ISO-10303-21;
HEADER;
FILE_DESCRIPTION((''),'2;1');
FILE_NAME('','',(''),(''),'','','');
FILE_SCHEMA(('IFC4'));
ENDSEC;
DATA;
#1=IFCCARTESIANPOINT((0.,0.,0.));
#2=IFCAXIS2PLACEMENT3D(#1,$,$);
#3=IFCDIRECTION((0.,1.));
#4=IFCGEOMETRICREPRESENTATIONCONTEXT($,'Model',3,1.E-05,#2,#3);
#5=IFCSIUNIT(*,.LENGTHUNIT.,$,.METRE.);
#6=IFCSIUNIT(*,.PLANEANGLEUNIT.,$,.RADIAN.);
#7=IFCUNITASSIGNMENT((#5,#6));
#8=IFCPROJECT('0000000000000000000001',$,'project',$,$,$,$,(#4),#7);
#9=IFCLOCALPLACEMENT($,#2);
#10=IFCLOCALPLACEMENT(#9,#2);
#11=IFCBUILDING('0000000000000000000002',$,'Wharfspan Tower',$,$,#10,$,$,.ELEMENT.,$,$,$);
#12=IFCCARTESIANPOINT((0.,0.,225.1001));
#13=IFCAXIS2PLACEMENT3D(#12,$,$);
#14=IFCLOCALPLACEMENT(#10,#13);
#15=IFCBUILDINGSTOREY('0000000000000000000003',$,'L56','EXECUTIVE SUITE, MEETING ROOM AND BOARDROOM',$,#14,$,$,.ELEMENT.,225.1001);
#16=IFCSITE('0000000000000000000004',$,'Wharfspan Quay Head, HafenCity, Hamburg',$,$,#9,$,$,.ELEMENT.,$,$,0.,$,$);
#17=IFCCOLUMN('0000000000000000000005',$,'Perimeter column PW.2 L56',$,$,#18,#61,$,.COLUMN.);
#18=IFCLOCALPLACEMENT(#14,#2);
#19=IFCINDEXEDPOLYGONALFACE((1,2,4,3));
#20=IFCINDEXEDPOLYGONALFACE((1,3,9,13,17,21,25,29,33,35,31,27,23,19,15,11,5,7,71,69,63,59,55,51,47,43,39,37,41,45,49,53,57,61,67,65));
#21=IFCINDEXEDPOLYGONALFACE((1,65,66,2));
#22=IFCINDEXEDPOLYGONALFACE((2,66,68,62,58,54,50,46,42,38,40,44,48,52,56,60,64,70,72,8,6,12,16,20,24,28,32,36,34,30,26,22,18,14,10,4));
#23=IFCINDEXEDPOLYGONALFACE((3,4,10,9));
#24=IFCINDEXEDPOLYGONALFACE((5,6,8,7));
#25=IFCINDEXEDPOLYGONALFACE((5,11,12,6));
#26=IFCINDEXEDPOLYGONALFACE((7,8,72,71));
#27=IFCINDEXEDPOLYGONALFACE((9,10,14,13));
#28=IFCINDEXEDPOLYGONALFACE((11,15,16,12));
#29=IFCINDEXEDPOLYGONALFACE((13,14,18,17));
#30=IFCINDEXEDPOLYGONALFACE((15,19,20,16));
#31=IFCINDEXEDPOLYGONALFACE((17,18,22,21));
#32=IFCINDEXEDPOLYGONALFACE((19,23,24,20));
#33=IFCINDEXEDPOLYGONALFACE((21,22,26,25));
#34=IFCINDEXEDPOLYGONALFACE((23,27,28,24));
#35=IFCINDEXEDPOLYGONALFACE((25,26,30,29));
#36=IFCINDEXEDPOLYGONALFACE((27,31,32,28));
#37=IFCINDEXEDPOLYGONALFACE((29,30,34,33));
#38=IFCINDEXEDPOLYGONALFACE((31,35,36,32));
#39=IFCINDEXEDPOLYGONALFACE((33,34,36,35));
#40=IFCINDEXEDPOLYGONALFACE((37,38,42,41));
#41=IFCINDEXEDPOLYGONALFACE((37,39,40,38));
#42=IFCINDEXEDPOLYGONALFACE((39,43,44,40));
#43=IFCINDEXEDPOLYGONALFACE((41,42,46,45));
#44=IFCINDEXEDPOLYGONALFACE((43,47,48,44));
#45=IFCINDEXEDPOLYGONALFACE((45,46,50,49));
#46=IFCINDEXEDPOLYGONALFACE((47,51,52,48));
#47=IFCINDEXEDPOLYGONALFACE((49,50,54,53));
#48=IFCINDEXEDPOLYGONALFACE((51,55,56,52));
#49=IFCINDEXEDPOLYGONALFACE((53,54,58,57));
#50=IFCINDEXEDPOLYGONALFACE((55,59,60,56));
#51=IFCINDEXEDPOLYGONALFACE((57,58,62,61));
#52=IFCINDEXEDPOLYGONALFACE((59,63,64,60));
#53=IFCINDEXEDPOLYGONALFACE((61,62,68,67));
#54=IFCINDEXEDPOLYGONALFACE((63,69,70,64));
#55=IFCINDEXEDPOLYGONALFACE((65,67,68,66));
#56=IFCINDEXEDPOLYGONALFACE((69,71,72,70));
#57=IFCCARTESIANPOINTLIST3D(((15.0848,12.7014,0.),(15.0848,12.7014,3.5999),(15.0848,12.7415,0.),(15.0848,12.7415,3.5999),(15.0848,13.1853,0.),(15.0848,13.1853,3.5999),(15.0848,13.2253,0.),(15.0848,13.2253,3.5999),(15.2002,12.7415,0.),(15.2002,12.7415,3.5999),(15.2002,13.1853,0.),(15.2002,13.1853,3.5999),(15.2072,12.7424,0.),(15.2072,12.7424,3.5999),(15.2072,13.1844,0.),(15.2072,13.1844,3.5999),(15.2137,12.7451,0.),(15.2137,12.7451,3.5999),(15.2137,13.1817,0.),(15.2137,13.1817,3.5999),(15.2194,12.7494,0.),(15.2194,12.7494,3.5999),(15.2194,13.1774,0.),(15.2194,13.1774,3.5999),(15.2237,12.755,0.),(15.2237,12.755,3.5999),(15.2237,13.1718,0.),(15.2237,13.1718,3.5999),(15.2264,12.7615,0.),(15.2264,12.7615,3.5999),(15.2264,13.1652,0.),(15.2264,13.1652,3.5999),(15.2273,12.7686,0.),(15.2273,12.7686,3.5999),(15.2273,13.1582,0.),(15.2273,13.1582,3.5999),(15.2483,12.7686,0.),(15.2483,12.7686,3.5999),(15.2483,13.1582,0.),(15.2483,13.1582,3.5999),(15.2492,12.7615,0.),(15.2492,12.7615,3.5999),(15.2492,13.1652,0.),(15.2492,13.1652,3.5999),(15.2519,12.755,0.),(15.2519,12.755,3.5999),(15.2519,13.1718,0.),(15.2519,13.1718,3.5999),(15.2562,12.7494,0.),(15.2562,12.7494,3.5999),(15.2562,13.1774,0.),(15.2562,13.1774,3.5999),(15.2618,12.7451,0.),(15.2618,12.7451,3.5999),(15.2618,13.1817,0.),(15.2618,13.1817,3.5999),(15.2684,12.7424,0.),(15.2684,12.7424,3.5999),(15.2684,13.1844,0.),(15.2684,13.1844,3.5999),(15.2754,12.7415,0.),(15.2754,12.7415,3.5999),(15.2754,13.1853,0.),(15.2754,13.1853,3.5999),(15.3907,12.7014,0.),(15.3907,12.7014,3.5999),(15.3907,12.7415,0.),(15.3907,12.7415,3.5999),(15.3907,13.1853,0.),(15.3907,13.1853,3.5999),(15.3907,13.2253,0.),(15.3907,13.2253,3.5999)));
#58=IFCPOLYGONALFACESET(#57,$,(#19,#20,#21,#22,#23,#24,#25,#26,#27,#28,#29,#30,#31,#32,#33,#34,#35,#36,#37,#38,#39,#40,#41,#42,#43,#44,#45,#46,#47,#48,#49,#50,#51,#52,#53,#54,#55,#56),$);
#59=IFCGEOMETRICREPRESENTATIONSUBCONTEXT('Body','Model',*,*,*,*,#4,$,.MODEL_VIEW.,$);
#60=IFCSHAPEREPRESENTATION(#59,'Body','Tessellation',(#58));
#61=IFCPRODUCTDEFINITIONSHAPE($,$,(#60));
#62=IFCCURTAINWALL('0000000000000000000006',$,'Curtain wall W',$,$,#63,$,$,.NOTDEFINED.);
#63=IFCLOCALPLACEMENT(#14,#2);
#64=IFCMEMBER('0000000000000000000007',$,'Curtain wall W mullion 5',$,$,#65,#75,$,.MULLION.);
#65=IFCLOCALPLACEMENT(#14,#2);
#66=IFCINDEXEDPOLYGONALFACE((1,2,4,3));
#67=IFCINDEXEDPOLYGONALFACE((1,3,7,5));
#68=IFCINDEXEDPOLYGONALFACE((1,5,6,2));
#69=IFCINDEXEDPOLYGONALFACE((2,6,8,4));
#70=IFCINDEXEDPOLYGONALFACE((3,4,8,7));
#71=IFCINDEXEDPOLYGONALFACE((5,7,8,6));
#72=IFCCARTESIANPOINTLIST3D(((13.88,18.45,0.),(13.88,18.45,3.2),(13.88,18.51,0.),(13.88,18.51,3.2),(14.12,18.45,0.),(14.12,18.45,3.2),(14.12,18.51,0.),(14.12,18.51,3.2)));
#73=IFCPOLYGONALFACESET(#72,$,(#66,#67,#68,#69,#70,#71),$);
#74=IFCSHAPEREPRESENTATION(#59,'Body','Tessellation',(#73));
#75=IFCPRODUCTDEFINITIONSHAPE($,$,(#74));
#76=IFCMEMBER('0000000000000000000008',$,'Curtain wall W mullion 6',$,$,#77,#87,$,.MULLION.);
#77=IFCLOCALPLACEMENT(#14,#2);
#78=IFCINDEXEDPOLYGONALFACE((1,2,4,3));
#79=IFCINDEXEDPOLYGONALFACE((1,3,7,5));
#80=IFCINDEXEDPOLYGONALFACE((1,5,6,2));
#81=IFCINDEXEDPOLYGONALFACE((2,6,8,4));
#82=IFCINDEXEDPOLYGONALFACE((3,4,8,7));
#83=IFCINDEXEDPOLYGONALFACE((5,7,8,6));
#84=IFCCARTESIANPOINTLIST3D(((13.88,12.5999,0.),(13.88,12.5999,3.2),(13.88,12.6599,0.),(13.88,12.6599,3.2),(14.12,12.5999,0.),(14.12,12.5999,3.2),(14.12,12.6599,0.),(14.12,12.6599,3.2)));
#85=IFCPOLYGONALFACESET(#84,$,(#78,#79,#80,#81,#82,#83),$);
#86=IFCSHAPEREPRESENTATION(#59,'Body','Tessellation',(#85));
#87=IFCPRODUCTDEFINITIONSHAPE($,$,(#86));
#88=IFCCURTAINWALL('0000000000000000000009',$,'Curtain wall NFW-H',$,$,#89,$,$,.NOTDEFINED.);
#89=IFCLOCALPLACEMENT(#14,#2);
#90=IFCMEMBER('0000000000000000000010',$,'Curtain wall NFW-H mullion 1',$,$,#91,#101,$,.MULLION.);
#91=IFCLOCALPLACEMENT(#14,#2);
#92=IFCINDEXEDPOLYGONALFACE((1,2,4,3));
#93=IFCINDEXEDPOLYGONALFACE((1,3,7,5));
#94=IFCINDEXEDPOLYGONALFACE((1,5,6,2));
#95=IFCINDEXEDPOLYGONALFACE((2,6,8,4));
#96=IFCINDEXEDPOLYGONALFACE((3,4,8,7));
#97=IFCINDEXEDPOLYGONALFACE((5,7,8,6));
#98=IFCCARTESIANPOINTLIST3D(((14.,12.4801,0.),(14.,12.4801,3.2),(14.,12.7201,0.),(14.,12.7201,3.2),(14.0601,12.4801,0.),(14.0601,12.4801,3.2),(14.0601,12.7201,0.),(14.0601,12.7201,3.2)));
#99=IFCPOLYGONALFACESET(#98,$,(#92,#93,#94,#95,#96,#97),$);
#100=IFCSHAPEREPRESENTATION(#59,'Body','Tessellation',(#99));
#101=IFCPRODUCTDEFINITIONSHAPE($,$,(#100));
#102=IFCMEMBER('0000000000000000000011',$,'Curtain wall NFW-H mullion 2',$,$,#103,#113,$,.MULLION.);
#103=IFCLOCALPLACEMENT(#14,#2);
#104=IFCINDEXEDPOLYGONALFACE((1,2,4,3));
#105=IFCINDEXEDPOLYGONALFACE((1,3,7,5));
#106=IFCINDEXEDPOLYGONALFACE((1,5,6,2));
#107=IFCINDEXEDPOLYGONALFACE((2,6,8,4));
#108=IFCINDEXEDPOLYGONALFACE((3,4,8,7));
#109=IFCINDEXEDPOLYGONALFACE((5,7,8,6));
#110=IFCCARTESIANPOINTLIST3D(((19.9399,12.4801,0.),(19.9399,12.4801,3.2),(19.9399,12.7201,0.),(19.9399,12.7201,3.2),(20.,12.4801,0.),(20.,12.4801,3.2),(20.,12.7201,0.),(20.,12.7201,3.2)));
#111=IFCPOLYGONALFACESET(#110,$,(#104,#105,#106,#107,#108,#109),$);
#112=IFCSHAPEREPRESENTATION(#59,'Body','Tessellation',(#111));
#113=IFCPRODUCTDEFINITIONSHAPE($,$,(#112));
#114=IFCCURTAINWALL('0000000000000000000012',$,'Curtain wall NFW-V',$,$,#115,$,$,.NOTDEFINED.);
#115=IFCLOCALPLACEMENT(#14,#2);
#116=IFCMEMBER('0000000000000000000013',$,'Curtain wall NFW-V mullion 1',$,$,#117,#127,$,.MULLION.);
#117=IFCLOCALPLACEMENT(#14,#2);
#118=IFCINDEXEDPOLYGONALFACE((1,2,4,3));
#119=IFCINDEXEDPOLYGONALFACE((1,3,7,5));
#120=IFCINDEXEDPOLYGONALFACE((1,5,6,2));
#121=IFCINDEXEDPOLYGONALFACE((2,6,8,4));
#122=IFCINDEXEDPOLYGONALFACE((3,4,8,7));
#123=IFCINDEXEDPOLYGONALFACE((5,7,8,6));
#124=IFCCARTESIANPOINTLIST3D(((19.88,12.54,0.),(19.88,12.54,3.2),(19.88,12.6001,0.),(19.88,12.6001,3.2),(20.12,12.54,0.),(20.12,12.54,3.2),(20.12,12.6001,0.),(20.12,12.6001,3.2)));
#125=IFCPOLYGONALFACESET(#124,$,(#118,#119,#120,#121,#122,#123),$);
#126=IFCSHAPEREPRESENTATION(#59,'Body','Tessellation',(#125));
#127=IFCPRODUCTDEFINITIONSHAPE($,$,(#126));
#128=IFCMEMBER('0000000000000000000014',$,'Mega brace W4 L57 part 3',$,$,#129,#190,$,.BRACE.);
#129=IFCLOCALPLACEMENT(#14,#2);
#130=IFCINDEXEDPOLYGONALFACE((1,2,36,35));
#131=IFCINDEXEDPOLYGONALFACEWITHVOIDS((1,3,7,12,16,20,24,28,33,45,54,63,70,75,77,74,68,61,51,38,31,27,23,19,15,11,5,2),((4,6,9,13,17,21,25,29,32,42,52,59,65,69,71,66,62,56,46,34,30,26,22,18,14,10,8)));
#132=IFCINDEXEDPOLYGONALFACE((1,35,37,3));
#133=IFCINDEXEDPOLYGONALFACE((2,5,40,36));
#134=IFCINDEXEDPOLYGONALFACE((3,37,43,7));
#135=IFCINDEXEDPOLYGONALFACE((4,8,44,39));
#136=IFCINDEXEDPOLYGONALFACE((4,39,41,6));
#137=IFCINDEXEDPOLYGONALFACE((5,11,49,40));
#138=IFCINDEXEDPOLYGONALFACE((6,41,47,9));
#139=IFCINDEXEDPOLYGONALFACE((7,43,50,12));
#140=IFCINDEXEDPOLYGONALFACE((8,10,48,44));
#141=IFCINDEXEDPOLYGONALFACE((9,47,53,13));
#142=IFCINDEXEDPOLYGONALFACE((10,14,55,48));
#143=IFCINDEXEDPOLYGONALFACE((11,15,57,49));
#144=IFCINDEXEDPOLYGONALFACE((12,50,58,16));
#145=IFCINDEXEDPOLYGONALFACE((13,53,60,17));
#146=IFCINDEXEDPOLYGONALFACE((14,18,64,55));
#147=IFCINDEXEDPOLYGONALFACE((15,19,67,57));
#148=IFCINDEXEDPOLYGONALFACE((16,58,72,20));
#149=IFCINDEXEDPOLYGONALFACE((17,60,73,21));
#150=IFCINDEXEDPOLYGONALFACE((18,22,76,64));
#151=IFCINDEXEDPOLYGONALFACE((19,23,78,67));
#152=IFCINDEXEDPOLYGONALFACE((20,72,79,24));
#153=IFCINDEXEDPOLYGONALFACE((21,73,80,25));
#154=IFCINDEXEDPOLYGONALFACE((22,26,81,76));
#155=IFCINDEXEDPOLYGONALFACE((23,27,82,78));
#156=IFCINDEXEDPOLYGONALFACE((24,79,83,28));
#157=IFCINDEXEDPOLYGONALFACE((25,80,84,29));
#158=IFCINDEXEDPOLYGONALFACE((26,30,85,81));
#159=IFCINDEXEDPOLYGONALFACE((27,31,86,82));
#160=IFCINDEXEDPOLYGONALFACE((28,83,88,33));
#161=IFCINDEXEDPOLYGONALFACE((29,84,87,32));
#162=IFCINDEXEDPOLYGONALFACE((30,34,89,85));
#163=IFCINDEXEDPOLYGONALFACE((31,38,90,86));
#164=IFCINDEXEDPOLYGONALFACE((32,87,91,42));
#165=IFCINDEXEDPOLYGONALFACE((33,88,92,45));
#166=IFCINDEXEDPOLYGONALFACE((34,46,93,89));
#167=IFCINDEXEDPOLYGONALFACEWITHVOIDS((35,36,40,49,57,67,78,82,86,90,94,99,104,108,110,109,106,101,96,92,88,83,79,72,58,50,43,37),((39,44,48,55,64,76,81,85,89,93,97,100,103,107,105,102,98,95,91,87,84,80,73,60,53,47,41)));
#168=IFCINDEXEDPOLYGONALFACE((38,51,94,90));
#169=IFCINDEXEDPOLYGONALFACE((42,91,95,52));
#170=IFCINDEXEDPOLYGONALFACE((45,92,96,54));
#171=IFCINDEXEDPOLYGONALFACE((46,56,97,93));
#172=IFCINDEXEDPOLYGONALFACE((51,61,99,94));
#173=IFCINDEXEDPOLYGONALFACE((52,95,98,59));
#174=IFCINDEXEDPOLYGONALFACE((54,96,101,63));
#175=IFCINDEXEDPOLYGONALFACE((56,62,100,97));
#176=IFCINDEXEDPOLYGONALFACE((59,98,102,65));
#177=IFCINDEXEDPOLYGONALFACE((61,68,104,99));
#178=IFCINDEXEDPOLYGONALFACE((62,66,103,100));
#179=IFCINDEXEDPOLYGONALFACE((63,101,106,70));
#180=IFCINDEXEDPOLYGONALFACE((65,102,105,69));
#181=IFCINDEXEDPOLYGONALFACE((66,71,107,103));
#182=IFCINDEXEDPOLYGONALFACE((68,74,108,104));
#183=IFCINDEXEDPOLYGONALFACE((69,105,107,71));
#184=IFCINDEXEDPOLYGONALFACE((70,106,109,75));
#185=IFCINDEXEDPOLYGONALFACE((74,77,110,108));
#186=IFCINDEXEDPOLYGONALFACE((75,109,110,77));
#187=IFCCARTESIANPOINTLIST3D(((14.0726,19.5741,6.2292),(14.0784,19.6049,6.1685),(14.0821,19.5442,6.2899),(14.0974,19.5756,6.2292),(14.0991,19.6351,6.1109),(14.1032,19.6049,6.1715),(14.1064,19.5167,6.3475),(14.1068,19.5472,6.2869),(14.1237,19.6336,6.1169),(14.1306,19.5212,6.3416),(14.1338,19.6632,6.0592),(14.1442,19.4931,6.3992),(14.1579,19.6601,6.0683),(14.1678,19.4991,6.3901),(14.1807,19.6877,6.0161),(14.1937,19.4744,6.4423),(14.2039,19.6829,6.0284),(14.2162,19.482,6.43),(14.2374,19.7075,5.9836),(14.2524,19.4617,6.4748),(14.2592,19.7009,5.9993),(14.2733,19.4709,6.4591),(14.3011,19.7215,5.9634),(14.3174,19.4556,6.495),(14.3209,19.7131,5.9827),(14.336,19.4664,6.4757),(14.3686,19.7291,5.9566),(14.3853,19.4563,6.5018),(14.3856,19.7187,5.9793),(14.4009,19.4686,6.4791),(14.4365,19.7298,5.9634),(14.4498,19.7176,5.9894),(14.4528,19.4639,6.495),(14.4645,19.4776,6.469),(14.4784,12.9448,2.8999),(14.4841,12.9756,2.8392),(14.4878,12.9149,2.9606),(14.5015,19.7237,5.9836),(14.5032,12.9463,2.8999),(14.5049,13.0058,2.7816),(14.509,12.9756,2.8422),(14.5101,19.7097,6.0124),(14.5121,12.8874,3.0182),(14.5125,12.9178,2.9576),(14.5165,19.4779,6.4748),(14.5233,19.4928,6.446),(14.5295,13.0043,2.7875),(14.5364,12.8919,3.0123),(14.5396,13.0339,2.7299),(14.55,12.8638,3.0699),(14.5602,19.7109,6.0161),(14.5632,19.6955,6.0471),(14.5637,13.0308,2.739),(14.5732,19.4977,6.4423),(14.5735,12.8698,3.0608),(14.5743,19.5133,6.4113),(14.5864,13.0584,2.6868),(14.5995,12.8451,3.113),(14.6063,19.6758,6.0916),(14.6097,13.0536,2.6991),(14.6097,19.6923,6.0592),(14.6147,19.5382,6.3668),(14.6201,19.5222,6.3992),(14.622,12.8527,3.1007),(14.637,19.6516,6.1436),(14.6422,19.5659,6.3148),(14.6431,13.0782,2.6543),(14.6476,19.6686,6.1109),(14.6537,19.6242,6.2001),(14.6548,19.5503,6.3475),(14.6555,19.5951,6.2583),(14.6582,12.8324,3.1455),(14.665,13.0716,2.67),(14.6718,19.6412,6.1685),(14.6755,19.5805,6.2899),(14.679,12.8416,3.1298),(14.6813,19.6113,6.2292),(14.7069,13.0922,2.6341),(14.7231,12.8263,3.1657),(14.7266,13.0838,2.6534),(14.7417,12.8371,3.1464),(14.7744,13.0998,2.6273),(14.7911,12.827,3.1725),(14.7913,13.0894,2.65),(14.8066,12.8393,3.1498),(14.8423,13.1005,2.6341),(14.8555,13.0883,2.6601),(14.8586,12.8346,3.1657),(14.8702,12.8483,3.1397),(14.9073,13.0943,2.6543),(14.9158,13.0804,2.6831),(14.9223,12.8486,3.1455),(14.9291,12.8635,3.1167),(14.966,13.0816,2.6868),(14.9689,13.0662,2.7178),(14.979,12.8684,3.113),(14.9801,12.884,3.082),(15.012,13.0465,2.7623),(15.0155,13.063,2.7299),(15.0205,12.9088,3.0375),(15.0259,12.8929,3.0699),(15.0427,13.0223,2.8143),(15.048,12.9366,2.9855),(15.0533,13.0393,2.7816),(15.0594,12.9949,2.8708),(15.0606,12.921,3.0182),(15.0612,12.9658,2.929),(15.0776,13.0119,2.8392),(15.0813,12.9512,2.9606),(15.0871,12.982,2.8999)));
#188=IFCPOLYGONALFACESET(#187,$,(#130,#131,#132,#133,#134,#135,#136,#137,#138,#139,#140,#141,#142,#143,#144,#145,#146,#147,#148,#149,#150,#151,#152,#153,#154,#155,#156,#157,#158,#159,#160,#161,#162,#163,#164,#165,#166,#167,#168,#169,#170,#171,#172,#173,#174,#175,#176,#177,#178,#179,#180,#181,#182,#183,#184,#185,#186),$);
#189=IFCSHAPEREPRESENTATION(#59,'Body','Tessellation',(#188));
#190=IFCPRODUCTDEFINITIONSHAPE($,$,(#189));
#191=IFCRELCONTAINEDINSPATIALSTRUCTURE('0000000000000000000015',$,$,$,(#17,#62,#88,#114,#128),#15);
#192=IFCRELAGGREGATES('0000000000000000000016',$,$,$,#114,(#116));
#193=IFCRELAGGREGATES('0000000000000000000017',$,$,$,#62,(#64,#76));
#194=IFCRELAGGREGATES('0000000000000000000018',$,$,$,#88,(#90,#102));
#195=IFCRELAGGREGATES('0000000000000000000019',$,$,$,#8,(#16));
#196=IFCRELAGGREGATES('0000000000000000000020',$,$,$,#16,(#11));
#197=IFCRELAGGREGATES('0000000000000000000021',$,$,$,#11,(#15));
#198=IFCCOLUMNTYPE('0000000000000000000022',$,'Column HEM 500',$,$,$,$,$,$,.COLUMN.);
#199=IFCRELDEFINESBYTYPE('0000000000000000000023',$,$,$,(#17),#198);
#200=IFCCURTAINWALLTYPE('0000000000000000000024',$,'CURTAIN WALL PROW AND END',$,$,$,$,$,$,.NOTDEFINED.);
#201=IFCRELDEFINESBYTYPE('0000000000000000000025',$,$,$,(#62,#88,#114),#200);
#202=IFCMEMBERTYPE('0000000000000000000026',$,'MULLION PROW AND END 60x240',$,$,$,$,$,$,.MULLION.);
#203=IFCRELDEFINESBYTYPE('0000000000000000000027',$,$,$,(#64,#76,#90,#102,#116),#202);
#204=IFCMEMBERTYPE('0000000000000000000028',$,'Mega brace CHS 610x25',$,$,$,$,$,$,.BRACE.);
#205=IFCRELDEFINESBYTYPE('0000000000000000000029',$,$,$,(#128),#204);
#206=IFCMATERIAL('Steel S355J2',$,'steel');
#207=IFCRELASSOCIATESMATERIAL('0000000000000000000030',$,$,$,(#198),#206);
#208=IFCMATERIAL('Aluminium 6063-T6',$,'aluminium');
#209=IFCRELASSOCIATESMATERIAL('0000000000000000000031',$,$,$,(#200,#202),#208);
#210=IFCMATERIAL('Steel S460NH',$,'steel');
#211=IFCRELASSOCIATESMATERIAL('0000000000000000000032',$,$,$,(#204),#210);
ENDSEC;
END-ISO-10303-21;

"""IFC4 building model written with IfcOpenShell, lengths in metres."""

from ifc_helpers import new_model, si_unit, direction, frame, origin, origin_2d, place, context, subcontext, project, spatial, rectangle, hollow_circle, i_section, extrude, material, material_profile, profile_set, type_object, element, aggregate, save


model = new_model("IFC4")

# Units and contexts
model_context = context("Model", 3, precision=1e-05, world=origin(), true_north=direction((0.0, 1.0)))
body_context = subcontext(model_context, "Body", "Model", "MODEL_VIEW")
ifc_project = project(units=[si_unit("LENGTHUNIT", "METRE"), si_unit("PLANEANGLEUNIT", "RADIAN")], contexts=[model_context])

# Site, building, storey
site_placement = place(None, origin())
site = spatial("IfcSite", under=ifc_project, at=site_placement, Name="Wharfspan Quay Head, HafenCity, Hamburg", CompositionType="ELEMENT", RefElevation=0.0)
building_placement = place(site_placement, origin())
building = spatial("IfcBuilding", under=site, at=building_placement, Name="Wharfspan Tower", CompositionType="ELEMENT")
storey_placement = place(building_placement, frame((0.0, 0.0, 225.1001)))
storey = spatial("IfcBuildingStorey", under=building, at=storey_placement, Name="L56", Description="EXECUTIVE SUITE, MEETING ROOM AND BOARDROOM", CompositionType="ELEMENT", Elevation=225.1001)

# Column
ifc_material_1 = material(Name="Steel S355J2", Category="steel")
ifc_material_profile_1 = material_profile(ifc_material_1, i_section(OverallWidth=0.3059, OverallDepth=0.5239, WebThickness=0.021, FlangeThickness=0.04, FilletRadius=0.0271, at=origin_2d()))
ifc_profile_set_1 = profile_set([ifc_material_profile_1], Name="Steel S355J2")
column_type = type_object("IfcColumnType", Name="Column HEM 500", PredefinedType="COLUMN", material=ifc_profile_set_1)
column_placement = place(storey_placement, frame((15.2378, 12.9634, 0.0), z_axis=(0.0, 0.0, 1.0), x_axis=(-1.0, 0.0, 0.0)))
element("IfcColumn", 1, at=column_placement, inside=storey, type_object=column_type, Name="Perimeter column PW.2 L56", PredefinedType="COLUMN", context=body_context, shape_type="SweptSolid", body=[
    extrude(i_section(OverallWidth=0.3059, OverallDepth=0.5239, WebThickness=0.021, FlangeThickness=0.04, FilletRadius=0.0271, at=origin_2d()), origin(), (0.0, 0.0, 1.0), 3.5999),
])

# Curtain walls, members
ifc_material_2 = material(Name="Aluminium 6063-T6", Category="aluminium")
curtain_wall_type = type_object("IfcCurtainWallType", Name="CURTAIN WALL PROW AND END", PredefinedType="NOTDEFINED", material=ifc_material_2)
curtain_wall_1_placement = place(storey_placement, origin())
curtain_wall_1 = element("IfcCurtainWall", 2, at=curtain_wall_1_placement, inside=storey, type_object=curtain_wall_type, Name="Curtain wall W", PredefinedType="NOTDEFINED")
ifc_material_profile_2 = material_profile(ifc_material_2, rectangle(XDim=0.24, YDim=0.0601, at=origin_2d()))
ifc_profile_set_2 = profile_set([ifc_material_profile_2], Name="Aluminium 6063-T6")
member_type_1 = type_object("IfcMemberType", Name="MULLION PROW AND END 60x240", PredefinedType="MULLION", material=ifc_profile_set_2)
member_1_placement = place(storey_placement, frame((14.0, 18.48, 0.0), z_axis=(0.0, 0.0, 1.0), x_axis=(1.0, 0.0, 0.0)))
member_1 = element("IfcMember", 3, at=member_1_placement, type_object=member_type_1, Name="Curtain wall W mullion 5", PredefinedType="MULLION", context=body_context, shape_type="SweptSolid", body=[
    extrude(rectangle(XDim=0.24, YDim=0.0601, at=origin_2d()), origin(), (0.0, 0.0, 1.0), 3.2),
])
member_2_placement = place(storey_placement, frame((14.0, 12.6299, 0.0), z_axis=(0.0, 0.0, 1.0), x_axis=(1.0, 0.0, 0.0)))
member_2 = element("IfcMember", 4, at=member_2_placement, type_object=member_type_1, Name="Curtain wall W mullion 6", PredefinedType="MULLION", context=body_context, shape_type="SweptSolid", body=[
    extrude(rectangle(XDim=0.24, YDim=0.0601, at=origin_2d()), origin(), (0.0, 0.0, 1.0), 3.2),
])
curtain_wall_2_placement = place(storey_placement, origin())
curtain_wall_2 = element("IfcCurtainWall", 5, at=curtain_wall_2_placement, inside=storey, type_object=curtain_wall_type, Name="Curtain wall NFW-H", PredefinedType="NOTDEFINED")
member_3_placement = place(storey_placement, frame((14.03, 12.6001, 0.0), z_axis=(0.0, 0.0, 1.0), x_axis=(0.0, 1.0, 0.0)))
member_3 = element("IfcMember", 6, at=member_3_placement, type_object=member_type_1, Name="Curtain wall NFW-H mullion 1", PredefinedType="MULLION", context=body_context, shape_type="SweptSolid", body=[
    extrude(rectangle(XDim=0.24, YDim=0.0601, at=origin_2d()), origin(), (0.0, 0.0, 1.0), 3.2),
])
member_4_placement = place(storey_placement, frame((19.97, 12.6001, 0.0), z_axis=(0.0, 0.0, 1.0), x_axis=(0.0, 1.0, 0.0)))
member_4 = element("IfcMember", 7, at=member_4_placement, type_object=member_type_1, Name="Curtain wall NFW-H mullion 2", PredefinedType="MULLION", context=body_context, shape_type="SweptSolid", body=[
    extrude(rectangle(XDim=0.24, YDim=0.0601, at=origin_2d()), origin(), (0.0, 0.0, 1.0), 3.2),
])

# Curtain wall, member
curtain_wall_3_placement = place(storey_placement, origin())
curtain_wall_3 = element("IfcCurtainWall", 8, at=curtain_wall_3_placement, inside=storey, type_object=curtain_wall_type, Name="Curtain wall NFW-V", PredefinedType="NOTDEFINED")
member_5_placement = place(storey_placement, frame((20.0, 12.5701, 0.0), z_axis=(0.0, 0.0, 1.0), x_axis=(1.0, 0.0, 0.0)))
member_5 = element("IfcMember", 9, at=member_5_placement, type_object=member_type_1, Name="Curtain wall NFW-V mullion 1", PredefinedType="MULLION", context=body_context, shape_type="SweptSolid", body=[
    extrude(rectangle(XDim=0.24, YDim=0.0601, at=origin_2d()), origin(), (0.0, 0.0, 1.0), 3.2),
])

# Member
ifc_material_3 = material(Name="Steel S460NH", Category="steel")
ifc_material_profile_3 = material_profile(ifc_material_3, hollow_circle(Radius=0.3049, WallThickness=0.0249, at=origin_2d()))
ifc_profile_set_3 = profile_set([ifc_material_profile_3], Name="Steel S460NH")
member_type_2 = type_object("IfcMemberType", Name="Mega brace CHS 610x25", PredefinedType="BRACE", material=ifc_profile_set_3)
member_6_placement = place(storey_placement, frame((14.7827, 12.9634, 2.8999), z_axis=(-0.054615, 0.892302, 0.448123), x_axis=(-0.998132, -0.061091, -0.000003)))
element("IfcMember", 10, at=member_6_placement, inside=storey, type_object=member_type_2, Name="Mega brace W4 L57 part 3", PredefinedType="BRACE", context=body_context, shape_type="SweptSolid", body=[
    extrude(hollow_circle(Radius=0.3049, WallThickness=0.0249, at=origin_2d()), origin(), (0.0, 0.0, 1.0), 7.4294),
])
aggregate(curtain_wall_3, [member_5])

aggregate(curtain_wall_1, [member_1, member_2])
aggregate(curtain_wall_2, [member_3, member_4])

save(model, "model.ifc")
